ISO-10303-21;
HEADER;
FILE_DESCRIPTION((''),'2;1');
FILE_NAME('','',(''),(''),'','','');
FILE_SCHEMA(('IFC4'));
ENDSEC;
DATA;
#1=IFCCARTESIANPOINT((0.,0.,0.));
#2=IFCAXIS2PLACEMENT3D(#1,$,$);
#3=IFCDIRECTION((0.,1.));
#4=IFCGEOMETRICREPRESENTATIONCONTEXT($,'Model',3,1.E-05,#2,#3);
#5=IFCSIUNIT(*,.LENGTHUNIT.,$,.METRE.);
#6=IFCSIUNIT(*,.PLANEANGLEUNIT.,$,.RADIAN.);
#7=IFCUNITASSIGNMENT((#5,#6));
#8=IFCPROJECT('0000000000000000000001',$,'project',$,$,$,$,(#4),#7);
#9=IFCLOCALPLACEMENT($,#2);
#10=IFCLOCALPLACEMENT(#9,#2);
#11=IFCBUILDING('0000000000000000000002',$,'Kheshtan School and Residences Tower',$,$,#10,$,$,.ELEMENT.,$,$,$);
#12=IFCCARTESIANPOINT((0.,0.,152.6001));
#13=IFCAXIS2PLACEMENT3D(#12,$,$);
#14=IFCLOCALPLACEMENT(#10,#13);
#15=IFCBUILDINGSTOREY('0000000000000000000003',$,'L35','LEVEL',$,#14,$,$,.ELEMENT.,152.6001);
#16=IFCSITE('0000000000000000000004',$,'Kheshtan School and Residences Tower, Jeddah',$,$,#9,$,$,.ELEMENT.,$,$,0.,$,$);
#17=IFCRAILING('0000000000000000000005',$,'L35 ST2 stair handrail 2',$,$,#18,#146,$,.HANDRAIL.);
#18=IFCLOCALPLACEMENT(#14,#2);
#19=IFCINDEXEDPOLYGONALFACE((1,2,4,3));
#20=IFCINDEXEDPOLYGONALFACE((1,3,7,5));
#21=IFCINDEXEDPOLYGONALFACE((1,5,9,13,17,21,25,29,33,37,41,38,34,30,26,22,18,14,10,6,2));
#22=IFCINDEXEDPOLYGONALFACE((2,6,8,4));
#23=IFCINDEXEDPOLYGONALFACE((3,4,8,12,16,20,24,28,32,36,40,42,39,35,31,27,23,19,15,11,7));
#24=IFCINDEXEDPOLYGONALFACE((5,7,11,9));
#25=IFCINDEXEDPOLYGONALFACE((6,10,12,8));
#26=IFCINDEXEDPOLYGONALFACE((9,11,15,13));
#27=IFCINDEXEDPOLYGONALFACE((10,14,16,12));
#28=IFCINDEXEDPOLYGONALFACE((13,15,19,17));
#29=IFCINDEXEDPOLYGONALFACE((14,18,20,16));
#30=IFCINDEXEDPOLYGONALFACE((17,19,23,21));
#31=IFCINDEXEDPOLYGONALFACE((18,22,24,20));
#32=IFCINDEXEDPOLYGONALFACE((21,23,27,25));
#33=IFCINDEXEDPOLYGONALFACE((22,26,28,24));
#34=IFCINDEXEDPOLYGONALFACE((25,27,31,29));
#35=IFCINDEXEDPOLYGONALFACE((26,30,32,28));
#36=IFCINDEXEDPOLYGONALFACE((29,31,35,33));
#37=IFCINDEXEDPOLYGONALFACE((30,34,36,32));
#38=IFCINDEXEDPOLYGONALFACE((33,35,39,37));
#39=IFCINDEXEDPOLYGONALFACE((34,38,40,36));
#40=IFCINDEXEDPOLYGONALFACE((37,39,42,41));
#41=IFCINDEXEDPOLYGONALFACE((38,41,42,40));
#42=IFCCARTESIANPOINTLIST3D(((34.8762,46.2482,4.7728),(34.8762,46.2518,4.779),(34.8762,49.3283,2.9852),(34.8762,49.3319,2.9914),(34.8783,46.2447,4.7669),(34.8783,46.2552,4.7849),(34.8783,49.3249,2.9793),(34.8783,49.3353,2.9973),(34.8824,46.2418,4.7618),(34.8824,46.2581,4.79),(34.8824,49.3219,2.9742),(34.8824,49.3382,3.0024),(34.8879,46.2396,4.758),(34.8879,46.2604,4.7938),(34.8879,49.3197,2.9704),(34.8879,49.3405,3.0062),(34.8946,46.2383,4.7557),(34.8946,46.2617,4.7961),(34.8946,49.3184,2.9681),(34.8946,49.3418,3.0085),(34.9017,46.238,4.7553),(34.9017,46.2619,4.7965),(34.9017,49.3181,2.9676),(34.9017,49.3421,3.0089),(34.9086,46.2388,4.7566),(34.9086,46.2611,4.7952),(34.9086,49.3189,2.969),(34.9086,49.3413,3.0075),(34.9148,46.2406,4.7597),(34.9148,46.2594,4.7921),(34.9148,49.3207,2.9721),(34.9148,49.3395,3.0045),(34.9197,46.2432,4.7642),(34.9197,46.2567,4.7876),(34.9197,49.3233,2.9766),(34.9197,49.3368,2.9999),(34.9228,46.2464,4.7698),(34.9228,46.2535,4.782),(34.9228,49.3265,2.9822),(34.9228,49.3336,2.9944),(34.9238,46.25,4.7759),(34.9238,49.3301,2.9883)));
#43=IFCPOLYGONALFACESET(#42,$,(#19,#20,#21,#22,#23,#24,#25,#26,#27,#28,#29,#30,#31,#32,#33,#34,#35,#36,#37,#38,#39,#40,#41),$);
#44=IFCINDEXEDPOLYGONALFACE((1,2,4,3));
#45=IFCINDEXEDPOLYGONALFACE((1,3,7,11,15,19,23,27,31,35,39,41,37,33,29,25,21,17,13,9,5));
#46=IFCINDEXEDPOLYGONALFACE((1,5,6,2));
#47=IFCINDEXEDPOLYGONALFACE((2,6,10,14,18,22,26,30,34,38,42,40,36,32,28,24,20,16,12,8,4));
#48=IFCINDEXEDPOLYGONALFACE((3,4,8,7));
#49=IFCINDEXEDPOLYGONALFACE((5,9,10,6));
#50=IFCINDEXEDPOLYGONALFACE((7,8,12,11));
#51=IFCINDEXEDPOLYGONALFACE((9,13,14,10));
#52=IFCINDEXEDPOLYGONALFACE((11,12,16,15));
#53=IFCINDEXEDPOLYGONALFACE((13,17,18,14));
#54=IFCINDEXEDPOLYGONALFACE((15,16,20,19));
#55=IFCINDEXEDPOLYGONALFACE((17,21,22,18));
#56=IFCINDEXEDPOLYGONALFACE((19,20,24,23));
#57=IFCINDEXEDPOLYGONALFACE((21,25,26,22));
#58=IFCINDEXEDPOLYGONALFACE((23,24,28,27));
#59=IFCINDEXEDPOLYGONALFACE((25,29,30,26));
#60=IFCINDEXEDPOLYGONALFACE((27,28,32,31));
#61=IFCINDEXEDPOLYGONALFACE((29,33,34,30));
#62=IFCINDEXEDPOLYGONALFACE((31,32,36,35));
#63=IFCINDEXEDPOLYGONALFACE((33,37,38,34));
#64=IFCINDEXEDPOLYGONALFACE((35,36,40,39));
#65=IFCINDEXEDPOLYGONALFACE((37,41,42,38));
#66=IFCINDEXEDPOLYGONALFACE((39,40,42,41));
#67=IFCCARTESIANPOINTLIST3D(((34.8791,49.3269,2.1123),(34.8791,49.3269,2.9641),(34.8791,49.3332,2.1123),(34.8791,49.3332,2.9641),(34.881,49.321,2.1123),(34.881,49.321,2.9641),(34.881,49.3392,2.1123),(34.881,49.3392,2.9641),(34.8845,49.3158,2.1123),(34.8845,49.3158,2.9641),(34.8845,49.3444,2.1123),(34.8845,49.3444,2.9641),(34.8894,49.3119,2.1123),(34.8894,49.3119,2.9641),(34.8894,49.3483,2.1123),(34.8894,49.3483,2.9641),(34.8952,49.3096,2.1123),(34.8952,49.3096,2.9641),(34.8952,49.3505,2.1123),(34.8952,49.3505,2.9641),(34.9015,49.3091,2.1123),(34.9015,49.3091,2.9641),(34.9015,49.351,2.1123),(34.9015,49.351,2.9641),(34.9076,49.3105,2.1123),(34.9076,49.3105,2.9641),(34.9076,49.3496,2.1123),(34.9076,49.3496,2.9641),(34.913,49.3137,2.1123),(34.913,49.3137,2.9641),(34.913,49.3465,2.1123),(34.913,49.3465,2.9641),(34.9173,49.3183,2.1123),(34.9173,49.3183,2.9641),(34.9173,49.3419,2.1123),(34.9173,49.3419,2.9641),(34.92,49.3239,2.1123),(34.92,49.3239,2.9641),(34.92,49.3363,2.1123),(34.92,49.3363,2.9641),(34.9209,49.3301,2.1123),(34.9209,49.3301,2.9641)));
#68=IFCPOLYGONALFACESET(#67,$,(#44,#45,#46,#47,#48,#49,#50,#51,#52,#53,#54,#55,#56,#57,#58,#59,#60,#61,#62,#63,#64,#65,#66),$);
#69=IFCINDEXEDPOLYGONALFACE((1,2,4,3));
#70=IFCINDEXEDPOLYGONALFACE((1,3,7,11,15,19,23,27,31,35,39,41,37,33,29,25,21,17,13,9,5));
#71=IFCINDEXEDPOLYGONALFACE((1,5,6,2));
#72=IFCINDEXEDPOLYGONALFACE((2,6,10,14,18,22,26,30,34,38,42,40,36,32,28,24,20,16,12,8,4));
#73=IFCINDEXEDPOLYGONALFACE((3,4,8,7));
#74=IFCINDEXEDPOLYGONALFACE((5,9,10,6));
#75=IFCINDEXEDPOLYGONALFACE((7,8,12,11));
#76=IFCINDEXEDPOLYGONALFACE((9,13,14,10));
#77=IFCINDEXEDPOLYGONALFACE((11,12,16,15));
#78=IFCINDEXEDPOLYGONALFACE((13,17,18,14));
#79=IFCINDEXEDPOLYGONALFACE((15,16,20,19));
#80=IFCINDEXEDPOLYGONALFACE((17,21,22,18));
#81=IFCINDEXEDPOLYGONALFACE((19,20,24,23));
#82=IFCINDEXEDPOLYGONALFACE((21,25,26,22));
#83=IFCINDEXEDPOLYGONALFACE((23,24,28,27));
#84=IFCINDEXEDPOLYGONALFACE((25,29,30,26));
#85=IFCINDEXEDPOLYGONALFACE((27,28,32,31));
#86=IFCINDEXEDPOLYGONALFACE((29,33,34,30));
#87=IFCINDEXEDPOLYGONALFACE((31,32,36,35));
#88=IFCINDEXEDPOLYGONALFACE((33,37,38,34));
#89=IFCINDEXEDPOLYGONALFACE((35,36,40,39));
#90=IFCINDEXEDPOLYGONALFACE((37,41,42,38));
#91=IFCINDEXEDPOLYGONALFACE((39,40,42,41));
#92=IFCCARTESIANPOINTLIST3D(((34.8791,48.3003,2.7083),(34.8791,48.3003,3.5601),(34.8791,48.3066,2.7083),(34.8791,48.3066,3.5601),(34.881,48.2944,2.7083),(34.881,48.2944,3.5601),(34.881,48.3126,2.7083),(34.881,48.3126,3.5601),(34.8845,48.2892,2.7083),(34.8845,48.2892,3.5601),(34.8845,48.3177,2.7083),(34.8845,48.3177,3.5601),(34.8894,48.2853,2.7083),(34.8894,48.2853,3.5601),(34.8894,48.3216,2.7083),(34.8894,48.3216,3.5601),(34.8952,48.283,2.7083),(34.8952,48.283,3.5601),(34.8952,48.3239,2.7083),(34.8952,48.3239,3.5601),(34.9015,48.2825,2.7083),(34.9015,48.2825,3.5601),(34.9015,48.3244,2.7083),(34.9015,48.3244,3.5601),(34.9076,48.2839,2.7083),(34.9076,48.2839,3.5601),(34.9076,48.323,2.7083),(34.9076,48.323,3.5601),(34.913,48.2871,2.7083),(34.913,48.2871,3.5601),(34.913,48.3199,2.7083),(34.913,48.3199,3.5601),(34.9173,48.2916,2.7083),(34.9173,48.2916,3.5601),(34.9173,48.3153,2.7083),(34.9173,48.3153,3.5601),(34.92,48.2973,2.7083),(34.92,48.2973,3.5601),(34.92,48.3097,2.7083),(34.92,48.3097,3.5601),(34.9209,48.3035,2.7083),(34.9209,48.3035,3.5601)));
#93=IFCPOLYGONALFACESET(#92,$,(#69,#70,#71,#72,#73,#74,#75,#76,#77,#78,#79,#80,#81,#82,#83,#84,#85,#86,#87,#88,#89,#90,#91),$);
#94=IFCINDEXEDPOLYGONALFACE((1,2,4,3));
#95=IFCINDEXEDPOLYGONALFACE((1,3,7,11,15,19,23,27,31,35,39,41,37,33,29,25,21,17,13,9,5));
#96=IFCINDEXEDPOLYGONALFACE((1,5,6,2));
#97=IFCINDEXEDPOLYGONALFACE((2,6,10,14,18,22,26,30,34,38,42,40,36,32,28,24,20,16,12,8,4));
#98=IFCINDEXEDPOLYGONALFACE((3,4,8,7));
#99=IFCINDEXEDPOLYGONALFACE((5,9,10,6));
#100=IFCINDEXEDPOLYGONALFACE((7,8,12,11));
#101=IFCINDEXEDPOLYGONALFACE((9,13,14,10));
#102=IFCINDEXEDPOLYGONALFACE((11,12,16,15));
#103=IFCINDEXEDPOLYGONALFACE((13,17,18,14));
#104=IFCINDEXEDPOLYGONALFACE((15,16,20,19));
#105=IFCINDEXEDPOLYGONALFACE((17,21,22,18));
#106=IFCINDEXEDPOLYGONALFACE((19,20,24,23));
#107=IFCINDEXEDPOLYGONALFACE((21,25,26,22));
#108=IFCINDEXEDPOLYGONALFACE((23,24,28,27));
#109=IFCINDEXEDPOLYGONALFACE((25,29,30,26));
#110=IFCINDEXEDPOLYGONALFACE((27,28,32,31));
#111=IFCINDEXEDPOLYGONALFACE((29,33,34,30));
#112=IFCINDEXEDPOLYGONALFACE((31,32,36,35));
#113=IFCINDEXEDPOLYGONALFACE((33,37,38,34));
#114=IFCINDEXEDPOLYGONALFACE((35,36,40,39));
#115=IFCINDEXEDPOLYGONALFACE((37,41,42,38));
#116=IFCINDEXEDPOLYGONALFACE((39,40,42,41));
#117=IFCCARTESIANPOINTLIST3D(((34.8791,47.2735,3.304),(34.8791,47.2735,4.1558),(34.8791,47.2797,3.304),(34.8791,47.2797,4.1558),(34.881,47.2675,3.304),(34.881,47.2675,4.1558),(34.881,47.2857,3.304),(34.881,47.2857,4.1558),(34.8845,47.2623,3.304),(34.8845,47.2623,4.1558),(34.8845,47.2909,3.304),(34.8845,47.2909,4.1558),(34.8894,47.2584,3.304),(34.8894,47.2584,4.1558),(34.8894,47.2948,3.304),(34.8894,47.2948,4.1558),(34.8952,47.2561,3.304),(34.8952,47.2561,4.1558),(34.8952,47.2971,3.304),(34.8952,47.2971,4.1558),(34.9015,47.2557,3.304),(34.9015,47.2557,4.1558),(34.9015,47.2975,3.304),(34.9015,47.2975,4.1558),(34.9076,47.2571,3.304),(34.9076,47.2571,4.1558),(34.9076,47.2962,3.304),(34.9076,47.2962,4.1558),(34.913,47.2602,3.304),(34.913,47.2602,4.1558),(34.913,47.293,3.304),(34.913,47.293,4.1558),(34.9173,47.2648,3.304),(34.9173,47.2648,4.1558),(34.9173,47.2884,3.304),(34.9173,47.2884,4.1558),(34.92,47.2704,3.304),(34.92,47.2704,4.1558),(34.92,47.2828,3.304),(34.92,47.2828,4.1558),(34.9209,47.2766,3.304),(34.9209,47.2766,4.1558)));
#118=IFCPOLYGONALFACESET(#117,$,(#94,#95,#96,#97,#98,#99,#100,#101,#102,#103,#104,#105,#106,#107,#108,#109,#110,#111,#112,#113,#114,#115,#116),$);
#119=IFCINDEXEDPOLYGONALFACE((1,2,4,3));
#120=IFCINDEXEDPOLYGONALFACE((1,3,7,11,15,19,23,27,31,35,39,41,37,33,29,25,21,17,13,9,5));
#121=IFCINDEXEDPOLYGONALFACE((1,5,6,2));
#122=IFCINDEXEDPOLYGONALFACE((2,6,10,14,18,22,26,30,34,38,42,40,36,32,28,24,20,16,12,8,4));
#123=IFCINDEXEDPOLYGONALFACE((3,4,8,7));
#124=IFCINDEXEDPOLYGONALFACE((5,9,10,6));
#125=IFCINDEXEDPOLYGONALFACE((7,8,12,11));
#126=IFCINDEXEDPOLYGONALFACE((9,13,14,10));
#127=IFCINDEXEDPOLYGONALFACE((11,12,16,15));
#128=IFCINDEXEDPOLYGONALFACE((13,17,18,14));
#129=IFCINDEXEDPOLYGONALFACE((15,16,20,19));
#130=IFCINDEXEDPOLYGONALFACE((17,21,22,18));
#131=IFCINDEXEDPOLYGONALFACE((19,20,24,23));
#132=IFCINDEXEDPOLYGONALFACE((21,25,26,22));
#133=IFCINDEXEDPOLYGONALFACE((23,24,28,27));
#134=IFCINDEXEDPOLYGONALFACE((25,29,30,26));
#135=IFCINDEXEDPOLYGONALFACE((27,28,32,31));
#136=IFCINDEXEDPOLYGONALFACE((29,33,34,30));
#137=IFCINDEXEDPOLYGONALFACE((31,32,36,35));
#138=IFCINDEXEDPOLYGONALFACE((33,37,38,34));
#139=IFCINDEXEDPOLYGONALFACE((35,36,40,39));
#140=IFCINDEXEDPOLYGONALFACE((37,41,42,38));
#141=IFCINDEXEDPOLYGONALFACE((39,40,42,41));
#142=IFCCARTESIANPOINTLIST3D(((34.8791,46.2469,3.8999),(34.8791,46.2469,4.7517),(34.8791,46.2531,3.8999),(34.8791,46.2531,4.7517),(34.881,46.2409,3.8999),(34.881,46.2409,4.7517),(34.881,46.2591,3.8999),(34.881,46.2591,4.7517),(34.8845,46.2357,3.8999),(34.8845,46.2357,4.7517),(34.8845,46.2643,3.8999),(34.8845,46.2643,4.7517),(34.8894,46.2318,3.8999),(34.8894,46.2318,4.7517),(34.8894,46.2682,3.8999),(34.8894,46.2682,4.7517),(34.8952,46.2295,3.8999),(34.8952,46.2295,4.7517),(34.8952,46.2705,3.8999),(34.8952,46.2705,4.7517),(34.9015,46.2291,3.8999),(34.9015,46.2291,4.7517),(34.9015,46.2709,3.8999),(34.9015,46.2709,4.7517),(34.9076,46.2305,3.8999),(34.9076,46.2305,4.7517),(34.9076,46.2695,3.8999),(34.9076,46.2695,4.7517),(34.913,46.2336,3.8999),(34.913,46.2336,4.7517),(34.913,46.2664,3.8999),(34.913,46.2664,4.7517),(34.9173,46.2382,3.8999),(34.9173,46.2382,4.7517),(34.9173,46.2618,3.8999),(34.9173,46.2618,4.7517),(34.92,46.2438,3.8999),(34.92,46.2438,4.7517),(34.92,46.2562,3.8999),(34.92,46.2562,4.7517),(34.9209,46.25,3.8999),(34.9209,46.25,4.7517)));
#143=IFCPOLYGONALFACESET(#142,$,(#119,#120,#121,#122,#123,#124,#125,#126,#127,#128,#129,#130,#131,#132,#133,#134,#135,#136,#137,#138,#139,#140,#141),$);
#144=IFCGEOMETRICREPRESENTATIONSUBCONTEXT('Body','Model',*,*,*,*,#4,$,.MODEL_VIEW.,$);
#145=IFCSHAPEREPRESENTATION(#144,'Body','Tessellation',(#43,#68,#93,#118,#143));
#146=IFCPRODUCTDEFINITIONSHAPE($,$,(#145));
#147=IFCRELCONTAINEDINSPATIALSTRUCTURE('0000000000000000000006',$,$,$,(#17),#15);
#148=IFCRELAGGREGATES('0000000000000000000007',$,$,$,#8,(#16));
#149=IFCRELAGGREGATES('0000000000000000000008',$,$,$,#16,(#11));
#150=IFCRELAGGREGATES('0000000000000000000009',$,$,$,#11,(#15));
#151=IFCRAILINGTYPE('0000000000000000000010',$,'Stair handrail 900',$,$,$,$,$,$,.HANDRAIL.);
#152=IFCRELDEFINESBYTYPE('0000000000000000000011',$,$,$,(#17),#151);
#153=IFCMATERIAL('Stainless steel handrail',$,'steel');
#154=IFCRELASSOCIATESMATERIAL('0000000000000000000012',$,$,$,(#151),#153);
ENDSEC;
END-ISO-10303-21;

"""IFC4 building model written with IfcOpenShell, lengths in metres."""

from ifc_helpers import new_model, si_unit, direction, frame, origin, origin_2d, place, context, subcontext, project, spatial, circle, extrude, material, type_object, element, save


model = new_model("IFC4")

# Units and contexts
model_context = context("Model", 3, precision=1e-05, world=origin(), true_north=direction((0.0, 1.0)))
body_context = subcontext(model_context, "Body", "Model", "MODEL_VIEW")
ifc_project = project(units=[si_unit("LENGTHUNIT", "METRE"), si_unit("PLANEANGLEUNIT", "RADIAN")], contexts=[model_context])

# Site, building, storey
site_placement = place(None, origin())
site = spatial("IfcSite", under=ifc_project, at=site_placement, Name="Kheshtan School and Residences Tower, Jeddah", CompositionType="ELEMENT", RefElevation=0.0)
building_placement = place(site_placement, origin())
building = spatial("IfcBuilding", under=site, at=building_placement, Name="Kheshtan School and Residences Tower", CompositionType="ELEMENT")
storey_placement = place(building_placement, frame((0.0, 0.0, 152.6001)))
storey = spatial("IfcBuildingStorey", under=building, at=storey_placement, Name="L35", Description="LEVEL", CompositionType="ELEMENT", Elevation=152.6001)

# Railing
ifc_material_1 = material(Name="Stainless steel handrail", Category="steel")
railing_type_1 = type_object("IfcRailingType", Name="Stair handrail 900", PredefinedType="HANDRAIL", material=ifc_material_1)
railing_1_placement = place(storey_placement, frame((34.8999, 49.3301, 2.1123)))
element("IfcRailing", 1, at=railing_1_placement, inside=storey, type_object=railing_type_1, Name="L35 ST2 stair handrail 2", PredefinedType="HANDRAIL", context=body_context, shape_type="SweptSolid", body=[
    extrude(circle(Radius=0.0239, at=origin_2d()), frame((0.0, 0.0, 0.876), z_axis=(0.0, -0.864891, 0.50196), x_axis=(1.0, 0.0, 0.0)), (0.0, 0.0, 1.0), 3.5613),
    extrude(circle(Radius=0.021, at=origin_2d()), origin(), (0.0, 0.0, 1.0), 0.8518),
    extrude(circle(Radius=0.021, at=origin_2d()), frame((0.0, -1.0266, 0.5959)), (0.0, 0.0, 1.0), 0.8518),
    extrude(circle(Radius=0.021, at=origin_2d()), frame((0.0, -2.0535, 1.1917)), (0.0, 0.0, 1.0), 0.8518),
    extrude(circle(Radius=0.021, at=origin_2d()), frame((0.0, -3.0801, 1.7876)), (0.0, 0.0, 1.0), 0.8518),
])

save(model, "model.ifc")
